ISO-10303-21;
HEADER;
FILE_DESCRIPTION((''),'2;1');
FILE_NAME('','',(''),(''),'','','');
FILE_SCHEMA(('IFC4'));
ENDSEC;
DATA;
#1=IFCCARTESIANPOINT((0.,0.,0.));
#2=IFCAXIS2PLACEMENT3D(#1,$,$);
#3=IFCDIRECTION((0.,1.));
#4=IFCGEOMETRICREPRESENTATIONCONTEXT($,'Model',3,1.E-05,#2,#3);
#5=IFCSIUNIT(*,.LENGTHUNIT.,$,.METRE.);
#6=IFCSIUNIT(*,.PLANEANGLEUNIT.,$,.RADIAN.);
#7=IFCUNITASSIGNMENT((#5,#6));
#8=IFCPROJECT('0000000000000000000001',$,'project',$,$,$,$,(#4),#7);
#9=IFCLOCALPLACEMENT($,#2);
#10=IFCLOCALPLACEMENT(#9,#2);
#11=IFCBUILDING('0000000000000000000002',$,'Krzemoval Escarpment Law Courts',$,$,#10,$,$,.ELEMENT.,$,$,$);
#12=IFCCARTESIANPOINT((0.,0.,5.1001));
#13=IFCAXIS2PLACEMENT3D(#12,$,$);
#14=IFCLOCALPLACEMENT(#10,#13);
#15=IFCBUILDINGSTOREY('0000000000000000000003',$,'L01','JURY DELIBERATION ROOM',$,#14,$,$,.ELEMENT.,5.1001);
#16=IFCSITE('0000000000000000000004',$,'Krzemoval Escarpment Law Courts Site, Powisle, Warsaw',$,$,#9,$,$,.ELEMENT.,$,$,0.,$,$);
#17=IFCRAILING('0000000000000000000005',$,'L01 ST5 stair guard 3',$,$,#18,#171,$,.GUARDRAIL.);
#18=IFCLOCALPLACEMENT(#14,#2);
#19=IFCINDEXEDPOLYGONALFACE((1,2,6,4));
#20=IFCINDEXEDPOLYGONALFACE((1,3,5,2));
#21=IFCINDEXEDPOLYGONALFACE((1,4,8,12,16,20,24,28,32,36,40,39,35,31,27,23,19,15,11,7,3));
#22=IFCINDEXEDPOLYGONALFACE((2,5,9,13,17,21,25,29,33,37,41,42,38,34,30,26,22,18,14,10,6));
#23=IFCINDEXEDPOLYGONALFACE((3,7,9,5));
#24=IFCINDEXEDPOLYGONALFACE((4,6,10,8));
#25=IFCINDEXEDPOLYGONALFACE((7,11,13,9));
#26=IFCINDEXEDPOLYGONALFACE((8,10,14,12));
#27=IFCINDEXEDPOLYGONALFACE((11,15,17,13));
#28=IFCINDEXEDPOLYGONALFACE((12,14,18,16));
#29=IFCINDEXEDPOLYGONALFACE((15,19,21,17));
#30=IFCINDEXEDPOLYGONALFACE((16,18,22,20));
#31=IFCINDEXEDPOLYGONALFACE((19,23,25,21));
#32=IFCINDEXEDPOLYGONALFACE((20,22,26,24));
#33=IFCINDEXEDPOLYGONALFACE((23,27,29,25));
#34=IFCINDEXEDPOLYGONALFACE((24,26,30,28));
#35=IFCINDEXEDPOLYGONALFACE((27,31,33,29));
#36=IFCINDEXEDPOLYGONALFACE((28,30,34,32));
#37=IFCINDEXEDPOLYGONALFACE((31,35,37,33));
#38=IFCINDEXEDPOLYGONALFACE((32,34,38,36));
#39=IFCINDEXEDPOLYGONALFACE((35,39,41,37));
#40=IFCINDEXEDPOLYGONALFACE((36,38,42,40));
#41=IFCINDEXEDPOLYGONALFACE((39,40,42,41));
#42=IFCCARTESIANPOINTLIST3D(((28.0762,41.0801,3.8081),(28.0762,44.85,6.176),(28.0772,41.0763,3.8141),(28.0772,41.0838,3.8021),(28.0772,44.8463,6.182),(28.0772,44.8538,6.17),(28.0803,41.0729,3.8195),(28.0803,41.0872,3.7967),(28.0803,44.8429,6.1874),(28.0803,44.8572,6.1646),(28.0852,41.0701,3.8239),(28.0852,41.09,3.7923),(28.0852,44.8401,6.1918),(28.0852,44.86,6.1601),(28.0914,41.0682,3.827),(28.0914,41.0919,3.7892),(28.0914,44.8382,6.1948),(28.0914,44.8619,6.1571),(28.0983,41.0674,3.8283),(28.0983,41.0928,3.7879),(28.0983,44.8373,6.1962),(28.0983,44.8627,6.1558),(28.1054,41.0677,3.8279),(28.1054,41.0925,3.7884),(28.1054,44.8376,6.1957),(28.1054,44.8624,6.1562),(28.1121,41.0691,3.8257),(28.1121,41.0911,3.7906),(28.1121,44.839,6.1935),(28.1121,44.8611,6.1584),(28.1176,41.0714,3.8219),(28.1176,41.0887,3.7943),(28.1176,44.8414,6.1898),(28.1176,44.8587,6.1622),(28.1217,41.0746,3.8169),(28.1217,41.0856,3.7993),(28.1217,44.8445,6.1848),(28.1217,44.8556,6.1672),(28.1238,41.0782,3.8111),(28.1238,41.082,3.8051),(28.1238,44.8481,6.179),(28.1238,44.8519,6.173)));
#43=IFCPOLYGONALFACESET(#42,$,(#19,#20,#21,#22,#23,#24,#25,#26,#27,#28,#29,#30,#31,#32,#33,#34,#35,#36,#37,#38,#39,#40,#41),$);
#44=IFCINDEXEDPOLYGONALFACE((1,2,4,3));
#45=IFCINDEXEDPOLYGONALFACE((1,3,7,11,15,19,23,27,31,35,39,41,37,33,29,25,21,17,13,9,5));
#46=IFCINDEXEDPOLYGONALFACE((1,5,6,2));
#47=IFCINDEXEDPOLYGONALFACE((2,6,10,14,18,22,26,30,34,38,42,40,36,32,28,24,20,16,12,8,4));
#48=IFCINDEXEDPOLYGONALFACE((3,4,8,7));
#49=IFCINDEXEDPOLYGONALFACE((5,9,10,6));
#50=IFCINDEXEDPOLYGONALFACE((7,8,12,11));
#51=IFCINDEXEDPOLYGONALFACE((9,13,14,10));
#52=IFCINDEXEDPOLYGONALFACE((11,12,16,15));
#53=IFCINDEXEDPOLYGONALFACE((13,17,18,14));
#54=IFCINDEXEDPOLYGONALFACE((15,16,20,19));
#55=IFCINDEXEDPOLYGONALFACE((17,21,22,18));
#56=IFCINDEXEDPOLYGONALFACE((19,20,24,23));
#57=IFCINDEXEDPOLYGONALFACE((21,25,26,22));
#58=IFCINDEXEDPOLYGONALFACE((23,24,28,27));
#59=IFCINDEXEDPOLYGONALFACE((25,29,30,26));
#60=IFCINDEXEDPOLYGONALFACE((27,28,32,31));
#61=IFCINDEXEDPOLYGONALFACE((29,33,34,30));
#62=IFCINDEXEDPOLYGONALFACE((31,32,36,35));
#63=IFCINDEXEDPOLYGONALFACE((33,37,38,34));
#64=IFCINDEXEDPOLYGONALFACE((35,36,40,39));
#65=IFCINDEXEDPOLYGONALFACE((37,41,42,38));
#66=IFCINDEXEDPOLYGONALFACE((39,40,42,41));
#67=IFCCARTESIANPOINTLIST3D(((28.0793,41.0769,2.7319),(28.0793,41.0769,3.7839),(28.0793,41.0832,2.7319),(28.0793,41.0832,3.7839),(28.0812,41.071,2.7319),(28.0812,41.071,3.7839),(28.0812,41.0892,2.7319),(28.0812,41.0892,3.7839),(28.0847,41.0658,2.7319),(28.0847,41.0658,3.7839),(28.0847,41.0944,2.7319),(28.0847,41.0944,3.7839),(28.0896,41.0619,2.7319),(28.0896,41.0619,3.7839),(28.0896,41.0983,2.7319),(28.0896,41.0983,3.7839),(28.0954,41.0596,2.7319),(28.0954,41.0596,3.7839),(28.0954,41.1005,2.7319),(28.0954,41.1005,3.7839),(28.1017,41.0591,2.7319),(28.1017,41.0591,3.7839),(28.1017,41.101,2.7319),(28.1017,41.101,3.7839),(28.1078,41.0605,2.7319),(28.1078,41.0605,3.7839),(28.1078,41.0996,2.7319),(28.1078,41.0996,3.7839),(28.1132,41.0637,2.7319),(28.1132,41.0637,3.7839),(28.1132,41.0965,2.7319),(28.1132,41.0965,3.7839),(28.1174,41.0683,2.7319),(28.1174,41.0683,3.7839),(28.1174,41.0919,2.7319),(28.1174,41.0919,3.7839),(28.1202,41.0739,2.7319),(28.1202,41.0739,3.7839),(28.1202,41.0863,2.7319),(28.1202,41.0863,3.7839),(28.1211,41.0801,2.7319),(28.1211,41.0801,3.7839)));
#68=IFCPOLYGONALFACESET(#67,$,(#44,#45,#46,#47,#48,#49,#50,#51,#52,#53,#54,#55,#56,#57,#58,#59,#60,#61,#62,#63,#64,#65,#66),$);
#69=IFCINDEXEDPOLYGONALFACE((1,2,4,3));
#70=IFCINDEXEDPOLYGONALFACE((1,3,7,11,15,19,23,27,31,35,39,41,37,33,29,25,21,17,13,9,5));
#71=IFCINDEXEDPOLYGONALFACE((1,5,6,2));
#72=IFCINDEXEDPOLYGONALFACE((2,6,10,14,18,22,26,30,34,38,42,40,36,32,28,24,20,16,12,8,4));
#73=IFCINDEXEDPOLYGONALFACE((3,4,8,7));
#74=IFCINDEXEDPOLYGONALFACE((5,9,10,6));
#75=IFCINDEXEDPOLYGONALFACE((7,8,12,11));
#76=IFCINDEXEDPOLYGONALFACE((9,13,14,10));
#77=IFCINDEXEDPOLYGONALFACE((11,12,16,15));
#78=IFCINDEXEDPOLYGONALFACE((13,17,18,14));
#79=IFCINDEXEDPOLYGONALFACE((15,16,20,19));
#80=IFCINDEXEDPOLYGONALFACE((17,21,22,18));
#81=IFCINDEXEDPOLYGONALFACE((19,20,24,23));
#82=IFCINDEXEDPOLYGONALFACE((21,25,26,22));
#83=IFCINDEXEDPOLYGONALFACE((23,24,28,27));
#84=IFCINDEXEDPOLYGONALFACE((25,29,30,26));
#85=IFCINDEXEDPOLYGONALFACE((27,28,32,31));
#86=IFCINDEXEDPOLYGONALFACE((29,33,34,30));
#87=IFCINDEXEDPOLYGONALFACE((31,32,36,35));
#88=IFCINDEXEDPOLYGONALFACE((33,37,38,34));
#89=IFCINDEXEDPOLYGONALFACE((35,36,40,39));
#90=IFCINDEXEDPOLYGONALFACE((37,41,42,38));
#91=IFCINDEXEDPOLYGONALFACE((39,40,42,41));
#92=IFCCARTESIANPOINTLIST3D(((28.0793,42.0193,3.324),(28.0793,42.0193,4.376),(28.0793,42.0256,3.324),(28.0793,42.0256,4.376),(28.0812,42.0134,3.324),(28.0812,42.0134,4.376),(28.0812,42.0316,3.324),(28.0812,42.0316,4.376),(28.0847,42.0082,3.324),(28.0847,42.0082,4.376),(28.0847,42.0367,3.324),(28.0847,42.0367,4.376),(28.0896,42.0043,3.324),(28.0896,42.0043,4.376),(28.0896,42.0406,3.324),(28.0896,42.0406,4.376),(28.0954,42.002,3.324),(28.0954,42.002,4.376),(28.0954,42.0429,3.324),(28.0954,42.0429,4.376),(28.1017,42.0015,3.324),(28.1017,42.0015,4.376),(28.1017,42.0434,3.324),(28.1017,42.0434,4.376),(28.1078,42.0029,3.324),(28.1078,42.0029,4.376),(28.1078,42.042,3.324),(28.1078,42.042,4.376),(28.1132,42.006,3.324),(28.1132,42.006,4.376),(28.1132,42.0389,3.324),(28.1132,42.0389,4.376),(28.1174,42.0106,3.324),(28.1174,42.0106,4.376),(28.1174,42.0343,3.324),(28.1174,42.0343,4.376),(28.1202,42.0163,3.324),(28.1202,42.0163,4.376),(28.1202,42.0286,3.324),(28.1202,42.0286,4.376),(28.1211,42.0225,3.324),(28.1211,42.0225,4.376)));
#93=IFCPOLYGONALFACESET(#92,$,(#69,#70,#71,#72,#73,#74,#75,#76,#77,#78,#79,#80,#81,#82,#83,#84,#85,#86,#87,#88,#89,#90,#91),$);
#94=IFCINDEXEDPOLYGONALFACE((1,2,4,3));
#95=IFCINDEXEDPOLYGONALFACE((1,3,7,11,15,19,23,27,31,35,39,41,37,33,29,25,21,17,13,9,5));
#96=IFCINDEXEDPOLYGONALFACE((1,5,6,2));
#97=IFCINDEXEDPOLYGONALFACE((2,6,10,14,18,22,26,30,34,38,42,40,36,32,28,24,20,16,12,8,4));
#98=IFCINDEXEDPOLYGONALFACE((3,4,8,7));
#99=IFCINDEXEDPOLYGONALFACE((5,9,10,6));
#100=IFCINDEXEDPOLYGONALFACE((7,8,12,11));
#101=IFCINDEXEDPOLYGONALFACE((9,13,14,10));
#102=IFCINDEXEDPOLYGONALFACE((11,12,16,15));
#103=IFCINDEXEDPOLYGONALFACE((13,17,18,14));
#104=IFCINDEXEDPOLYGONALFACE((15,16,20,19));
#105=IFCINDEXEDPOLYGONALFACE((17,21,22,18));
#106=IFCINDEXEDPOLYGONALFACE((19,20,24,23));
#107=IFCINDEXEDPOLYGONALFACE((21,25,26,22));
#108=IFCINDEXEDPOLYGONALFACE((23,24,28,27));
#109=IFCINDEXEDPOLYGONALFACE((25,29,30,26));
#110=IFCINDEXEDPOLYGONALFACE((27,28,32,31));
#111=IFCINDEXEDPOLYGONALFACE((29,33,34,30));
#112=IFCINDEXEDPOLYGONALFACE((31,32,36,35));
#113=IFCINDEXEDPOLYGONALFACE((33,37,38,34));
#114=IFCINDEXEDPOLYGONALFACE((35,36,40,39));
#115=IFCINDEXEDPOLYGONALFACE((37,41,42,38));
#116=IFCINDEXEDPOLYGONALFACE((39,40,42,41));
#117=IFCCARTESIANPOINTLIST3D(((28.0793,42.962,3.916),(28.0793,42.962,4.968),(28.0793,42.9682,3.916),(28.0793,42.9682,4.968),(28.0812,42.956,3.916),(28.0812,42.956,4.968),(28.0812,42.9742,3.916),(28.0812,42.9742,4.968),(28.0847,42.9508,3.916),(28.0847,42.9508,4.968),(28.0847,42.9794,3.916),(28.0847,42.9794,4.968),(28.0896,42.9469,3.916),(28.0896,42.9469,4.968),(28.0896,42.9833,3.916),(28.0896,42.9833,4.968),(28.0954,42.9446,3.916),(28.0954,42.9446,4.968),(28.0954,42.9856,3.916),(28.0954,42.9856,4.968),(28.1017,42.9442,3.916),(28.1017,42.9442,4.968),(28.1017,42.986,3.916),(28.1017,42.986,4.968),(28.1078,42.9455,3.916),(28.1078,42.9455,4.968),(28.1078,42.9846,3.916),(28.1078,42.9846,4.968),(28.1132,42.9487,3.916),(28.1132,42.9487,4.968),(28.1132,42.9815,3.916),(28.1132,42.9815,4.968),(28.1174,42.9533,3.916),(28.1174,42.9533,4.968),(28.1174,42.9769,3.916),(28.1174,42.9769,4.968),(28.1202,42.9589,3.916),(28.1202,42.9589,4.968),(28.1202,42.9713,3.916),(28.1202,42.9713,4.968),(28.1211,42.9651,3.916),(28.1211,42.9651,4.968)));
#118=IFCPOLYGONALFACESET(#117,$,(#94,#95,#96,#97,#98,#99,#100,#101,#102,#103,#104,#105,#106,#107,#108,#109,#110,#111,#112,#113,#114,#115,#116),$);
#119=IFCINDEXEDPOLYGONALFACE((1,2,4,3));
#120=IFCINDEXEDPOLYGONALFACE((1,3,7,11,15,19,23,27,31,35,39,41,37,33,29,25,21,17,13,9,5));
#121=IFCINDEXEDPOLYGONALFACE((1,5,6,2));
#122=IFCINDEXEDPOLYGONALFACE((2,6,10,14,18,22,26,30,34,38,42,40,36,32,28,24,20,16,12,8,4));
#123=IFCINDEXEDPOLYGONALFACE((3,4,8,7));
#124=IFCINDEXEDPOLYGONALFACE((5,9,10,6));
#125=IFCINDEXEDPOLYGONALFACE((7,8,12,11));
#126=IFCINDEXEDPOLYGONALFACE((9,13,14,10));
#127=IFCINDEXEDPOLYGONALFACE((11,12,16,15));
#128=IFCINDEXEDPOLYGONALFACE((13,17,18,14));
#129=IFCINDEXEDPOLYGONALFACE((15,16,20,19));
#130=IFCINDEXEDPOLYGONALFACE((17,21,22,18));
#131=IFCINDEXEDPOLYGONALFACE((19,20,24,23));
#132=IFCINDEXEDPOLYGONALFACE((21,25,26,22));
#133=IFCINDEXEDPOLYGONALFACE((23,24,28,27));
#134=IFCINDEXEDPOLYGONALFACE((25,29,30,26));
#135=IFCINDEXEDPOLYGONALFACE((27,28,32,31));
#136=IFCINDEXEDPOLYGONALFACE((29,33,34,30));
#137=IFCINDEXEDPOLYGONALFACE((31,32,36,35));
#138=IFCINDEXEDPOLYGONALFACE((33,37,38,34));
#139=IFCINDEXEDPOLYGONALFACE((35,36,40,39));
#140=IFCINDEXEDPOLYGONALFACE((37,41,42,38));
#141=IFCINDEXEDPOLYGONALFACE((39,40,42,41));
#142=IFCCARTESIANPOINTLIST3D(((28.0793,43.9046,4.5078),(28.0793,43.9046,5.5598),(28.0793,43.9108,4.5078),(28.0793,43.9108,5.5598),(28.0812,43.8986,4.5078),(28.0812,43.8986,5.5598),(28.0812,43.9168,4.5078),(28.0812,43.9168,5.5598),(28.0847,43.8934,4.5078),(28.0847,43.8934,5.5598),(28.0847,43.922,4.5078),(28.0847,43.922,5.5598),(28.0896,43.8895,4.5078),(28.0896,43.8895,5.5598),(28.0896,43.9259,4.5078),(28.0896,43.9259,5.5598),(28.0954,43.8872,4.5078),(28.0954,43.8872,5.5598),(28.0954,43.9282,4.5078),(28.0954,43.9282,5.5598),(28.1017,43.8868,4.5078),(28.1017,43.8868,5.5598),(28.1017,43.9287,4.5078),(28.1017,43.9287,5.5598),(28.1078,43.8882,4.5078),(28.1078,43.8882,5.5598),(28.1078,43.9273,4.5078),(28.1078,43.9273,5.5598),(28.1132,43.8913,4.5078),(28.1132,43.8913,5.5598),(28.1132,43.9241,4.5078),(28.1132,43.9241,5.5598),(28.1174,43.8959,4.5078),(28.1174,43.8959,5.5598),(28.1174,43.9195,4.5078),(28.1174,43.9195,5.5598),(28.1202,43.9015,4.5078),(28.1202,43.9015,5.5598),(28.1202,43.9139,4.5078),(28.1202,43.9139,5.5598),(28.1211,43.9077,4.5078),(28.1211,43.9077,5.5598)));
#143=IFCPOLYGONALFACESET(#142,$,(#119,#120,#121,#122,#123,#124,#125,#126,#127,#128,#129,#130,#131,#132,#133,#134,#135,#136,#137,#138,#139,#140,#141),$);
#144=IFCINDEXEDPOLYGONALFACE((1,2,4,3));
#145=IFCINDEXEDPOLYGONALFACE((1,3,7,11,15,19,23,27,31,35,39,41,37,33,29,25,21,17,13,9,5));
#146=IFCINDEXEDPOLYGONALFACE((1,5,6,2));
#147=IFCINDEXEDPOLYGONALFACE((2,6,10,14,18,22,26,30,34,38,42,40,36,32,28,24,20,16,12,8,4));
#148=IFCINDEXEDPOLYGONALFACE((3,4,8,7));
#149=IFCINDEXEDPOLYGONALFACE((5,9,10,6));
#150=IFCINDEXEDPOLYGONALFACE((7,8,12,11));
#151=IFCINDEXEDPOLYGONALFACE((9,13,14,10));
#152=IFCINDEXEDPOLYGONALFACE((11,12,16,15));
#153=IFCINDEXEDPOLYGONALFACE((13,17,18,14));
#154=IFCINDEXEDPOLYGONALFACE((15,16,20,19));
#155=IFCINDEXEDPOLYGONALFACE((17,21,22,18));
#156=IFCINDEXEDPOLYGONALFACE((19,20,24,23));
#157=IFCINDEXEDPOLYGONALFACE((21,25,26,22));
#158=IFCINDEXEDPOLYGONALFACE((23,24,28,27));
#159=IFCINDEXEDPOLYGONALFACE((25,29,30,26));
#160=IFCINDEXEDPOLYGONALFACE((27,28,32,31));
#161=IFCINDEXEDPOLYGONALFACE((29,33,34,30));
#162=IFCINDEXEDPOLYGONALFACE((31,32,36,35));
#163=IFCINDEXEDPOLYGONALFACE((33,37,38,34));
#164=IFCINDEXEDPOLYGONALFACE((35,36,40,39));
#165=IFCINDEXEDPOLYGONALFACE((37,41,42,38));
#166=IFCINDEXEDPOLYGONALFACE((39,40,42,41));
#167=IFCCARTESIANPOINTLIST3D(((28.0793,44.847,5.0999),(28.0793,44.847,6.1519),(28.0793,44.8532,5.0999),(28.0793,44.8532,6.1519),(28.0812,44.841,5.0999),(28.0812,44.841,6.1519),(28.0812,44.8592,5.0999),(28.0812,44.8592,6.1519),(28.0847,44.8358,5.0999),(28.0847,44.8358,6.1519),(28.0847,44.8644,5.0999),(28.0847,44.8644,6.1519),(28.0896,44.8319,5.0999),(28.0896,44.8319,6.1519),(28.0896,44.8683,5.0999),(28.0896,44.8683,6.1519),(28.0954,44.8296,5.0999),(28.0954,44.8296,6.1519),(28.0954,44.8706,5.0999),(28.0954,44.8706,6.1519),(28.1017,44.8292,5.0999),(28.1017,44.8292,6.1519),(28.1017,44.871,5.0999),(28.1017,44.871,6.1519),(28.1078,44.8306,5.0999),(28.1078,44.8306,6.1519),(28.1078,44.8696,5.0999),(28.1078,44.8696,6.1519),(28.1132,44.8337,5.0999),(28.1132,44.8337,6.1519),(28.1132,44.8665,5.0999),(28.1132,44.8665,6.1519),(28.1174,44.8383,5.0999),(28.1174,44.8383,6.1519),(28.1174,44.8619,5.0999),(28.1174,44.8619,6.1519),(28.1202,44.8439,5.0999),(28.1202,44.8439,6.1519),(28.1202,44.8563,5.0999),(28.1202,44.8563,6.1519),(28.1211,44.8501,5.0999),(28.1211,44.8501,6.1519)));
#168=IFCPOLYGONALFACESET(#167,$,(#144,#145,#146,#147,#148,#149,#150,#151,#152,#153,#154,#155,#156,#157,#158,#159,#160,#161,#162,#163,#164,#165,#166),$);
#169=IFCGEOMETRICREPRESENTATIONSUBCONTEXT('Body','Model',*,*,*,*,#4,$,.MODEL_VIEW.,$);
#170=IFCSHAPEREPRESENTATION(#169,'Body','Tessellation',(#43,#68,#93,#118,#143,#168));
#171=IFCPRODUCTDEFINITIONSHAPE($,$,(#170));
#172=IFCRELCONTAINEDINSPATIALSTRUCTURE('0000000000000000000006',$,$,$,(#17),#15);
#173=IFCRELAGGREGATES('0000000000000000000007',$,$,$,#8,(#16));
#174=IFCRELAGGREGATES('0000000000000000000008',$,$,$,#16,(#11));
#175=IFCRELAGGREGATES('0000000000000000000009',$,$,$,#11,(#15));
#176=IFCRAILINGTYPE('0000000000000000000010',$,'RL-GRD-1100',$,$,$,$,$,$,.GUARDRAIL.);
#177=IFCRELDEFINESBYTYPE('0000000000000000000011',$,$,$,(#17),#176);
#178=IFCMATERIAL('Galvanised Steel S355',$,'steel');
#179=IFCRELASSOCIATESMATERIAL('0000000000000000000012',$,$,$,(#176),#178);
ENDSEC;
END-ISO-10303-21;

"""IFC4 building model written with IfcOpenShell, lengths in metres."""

from ifc_helpers import new_model, si_unit, direction, frame, origin, origin_2d, place, context, subcontext, project, spatial, circle, extrude, material, type_object, element, save


model = new_model("IFC4")

# Units and contexts
model_context = context("Model", 3, precision=1e-05, world=origin(), true_north=direction((0.0, 1.0)))
body_context = subcontext(model_context, "Body", "Model", "MODEL_VIEW")
ifc_project = project(units=[si_unit("LENGTHUNIT", "METRE"), si_unit("PLANEANGLEUNIT", "RADIAN")], contexts=[model_context])

# Site, building, storey
site_placement = place(None, origin())
site = spatial("IfcSite", under=ifc_project, at=site_placement, Name="Krzemoval Escarpment Law Courts Site, Powisle, Warsaw", CompositionType="ELEMENT", RefElevation=0.0)
building_placement = place(site_placement, origin())
building = spatial("IfcBuilding", under=site, at=building_placement, Name="Krzemoval Escarpment Law Courts", CompositionType="ELEMENT")
storey_placement = place(building_placement, frame((0.0, 0.0, 5.1001)))
storey = spatial("IfcBuildingStorey", under=building, at=storey_placement, Name="L01", Description="JURY DELIBERATION ROOM", CompositionType="ELEMENT", Elevation=5.1001)

# Railing
ifc_material_1 = material(Name="Galvanised Steel S355", Category="steel")
railing_type_1 = type_object("IfcRailingType", Name="RL-GRD-1100", PredefinedType="GUARDRAIL", material=ifc_material_1)
railing_1_placement = place(storey_placement, frame((28.1001, 41.0801, 2.7319)))
element("IfcRailing", 1, at=railing_1_placement, inside=storey, type_object=railing_type_1, Name="L01 ST5 stair guard 3", PredefinedType="GUARDRAIL", context=body_context, shape_type="SweptSolid", body=[
    extrude(circle(Radius=0.0239, at=origin_2d()), frame((0.0, 0.0, 1.0762), z_axis=(0.0, 0.846819, 0.531881), x_axis=(-1.0, 0.0, 0.0)), (0.0, 0.0, 1.0), 4.4519),
    extrude(circle(Radius=0.021, at=origin_2d()), origin(), (0.0, 0.0, 1.0), 1.052),
    extrude(circle(Radius=0.021, at=origin_2d()), frame((0.0, 0.9424, 0.592)), (0.0, 0.0, 1.0), 1.052),
    extrude(circle(Radius=0.021, at=origin_2d()), frame((0.0, 1.885, 1.1841)), (0.0, 0.0, 1.0), 1.052),
    extrude(circle(Radius=0.021, at=origin_2d()), frame((0.0, 2.8276, 1.7759)), (0.0, 0.0, 1.0), 1.052),
    extrude(circle(Radius=0.021, at=origin_2d()), frame((0.0, 3.77, 2.3679)), (0.0, 0.0, 1.0), 1.052),
])

save(model, "model.ifc")
